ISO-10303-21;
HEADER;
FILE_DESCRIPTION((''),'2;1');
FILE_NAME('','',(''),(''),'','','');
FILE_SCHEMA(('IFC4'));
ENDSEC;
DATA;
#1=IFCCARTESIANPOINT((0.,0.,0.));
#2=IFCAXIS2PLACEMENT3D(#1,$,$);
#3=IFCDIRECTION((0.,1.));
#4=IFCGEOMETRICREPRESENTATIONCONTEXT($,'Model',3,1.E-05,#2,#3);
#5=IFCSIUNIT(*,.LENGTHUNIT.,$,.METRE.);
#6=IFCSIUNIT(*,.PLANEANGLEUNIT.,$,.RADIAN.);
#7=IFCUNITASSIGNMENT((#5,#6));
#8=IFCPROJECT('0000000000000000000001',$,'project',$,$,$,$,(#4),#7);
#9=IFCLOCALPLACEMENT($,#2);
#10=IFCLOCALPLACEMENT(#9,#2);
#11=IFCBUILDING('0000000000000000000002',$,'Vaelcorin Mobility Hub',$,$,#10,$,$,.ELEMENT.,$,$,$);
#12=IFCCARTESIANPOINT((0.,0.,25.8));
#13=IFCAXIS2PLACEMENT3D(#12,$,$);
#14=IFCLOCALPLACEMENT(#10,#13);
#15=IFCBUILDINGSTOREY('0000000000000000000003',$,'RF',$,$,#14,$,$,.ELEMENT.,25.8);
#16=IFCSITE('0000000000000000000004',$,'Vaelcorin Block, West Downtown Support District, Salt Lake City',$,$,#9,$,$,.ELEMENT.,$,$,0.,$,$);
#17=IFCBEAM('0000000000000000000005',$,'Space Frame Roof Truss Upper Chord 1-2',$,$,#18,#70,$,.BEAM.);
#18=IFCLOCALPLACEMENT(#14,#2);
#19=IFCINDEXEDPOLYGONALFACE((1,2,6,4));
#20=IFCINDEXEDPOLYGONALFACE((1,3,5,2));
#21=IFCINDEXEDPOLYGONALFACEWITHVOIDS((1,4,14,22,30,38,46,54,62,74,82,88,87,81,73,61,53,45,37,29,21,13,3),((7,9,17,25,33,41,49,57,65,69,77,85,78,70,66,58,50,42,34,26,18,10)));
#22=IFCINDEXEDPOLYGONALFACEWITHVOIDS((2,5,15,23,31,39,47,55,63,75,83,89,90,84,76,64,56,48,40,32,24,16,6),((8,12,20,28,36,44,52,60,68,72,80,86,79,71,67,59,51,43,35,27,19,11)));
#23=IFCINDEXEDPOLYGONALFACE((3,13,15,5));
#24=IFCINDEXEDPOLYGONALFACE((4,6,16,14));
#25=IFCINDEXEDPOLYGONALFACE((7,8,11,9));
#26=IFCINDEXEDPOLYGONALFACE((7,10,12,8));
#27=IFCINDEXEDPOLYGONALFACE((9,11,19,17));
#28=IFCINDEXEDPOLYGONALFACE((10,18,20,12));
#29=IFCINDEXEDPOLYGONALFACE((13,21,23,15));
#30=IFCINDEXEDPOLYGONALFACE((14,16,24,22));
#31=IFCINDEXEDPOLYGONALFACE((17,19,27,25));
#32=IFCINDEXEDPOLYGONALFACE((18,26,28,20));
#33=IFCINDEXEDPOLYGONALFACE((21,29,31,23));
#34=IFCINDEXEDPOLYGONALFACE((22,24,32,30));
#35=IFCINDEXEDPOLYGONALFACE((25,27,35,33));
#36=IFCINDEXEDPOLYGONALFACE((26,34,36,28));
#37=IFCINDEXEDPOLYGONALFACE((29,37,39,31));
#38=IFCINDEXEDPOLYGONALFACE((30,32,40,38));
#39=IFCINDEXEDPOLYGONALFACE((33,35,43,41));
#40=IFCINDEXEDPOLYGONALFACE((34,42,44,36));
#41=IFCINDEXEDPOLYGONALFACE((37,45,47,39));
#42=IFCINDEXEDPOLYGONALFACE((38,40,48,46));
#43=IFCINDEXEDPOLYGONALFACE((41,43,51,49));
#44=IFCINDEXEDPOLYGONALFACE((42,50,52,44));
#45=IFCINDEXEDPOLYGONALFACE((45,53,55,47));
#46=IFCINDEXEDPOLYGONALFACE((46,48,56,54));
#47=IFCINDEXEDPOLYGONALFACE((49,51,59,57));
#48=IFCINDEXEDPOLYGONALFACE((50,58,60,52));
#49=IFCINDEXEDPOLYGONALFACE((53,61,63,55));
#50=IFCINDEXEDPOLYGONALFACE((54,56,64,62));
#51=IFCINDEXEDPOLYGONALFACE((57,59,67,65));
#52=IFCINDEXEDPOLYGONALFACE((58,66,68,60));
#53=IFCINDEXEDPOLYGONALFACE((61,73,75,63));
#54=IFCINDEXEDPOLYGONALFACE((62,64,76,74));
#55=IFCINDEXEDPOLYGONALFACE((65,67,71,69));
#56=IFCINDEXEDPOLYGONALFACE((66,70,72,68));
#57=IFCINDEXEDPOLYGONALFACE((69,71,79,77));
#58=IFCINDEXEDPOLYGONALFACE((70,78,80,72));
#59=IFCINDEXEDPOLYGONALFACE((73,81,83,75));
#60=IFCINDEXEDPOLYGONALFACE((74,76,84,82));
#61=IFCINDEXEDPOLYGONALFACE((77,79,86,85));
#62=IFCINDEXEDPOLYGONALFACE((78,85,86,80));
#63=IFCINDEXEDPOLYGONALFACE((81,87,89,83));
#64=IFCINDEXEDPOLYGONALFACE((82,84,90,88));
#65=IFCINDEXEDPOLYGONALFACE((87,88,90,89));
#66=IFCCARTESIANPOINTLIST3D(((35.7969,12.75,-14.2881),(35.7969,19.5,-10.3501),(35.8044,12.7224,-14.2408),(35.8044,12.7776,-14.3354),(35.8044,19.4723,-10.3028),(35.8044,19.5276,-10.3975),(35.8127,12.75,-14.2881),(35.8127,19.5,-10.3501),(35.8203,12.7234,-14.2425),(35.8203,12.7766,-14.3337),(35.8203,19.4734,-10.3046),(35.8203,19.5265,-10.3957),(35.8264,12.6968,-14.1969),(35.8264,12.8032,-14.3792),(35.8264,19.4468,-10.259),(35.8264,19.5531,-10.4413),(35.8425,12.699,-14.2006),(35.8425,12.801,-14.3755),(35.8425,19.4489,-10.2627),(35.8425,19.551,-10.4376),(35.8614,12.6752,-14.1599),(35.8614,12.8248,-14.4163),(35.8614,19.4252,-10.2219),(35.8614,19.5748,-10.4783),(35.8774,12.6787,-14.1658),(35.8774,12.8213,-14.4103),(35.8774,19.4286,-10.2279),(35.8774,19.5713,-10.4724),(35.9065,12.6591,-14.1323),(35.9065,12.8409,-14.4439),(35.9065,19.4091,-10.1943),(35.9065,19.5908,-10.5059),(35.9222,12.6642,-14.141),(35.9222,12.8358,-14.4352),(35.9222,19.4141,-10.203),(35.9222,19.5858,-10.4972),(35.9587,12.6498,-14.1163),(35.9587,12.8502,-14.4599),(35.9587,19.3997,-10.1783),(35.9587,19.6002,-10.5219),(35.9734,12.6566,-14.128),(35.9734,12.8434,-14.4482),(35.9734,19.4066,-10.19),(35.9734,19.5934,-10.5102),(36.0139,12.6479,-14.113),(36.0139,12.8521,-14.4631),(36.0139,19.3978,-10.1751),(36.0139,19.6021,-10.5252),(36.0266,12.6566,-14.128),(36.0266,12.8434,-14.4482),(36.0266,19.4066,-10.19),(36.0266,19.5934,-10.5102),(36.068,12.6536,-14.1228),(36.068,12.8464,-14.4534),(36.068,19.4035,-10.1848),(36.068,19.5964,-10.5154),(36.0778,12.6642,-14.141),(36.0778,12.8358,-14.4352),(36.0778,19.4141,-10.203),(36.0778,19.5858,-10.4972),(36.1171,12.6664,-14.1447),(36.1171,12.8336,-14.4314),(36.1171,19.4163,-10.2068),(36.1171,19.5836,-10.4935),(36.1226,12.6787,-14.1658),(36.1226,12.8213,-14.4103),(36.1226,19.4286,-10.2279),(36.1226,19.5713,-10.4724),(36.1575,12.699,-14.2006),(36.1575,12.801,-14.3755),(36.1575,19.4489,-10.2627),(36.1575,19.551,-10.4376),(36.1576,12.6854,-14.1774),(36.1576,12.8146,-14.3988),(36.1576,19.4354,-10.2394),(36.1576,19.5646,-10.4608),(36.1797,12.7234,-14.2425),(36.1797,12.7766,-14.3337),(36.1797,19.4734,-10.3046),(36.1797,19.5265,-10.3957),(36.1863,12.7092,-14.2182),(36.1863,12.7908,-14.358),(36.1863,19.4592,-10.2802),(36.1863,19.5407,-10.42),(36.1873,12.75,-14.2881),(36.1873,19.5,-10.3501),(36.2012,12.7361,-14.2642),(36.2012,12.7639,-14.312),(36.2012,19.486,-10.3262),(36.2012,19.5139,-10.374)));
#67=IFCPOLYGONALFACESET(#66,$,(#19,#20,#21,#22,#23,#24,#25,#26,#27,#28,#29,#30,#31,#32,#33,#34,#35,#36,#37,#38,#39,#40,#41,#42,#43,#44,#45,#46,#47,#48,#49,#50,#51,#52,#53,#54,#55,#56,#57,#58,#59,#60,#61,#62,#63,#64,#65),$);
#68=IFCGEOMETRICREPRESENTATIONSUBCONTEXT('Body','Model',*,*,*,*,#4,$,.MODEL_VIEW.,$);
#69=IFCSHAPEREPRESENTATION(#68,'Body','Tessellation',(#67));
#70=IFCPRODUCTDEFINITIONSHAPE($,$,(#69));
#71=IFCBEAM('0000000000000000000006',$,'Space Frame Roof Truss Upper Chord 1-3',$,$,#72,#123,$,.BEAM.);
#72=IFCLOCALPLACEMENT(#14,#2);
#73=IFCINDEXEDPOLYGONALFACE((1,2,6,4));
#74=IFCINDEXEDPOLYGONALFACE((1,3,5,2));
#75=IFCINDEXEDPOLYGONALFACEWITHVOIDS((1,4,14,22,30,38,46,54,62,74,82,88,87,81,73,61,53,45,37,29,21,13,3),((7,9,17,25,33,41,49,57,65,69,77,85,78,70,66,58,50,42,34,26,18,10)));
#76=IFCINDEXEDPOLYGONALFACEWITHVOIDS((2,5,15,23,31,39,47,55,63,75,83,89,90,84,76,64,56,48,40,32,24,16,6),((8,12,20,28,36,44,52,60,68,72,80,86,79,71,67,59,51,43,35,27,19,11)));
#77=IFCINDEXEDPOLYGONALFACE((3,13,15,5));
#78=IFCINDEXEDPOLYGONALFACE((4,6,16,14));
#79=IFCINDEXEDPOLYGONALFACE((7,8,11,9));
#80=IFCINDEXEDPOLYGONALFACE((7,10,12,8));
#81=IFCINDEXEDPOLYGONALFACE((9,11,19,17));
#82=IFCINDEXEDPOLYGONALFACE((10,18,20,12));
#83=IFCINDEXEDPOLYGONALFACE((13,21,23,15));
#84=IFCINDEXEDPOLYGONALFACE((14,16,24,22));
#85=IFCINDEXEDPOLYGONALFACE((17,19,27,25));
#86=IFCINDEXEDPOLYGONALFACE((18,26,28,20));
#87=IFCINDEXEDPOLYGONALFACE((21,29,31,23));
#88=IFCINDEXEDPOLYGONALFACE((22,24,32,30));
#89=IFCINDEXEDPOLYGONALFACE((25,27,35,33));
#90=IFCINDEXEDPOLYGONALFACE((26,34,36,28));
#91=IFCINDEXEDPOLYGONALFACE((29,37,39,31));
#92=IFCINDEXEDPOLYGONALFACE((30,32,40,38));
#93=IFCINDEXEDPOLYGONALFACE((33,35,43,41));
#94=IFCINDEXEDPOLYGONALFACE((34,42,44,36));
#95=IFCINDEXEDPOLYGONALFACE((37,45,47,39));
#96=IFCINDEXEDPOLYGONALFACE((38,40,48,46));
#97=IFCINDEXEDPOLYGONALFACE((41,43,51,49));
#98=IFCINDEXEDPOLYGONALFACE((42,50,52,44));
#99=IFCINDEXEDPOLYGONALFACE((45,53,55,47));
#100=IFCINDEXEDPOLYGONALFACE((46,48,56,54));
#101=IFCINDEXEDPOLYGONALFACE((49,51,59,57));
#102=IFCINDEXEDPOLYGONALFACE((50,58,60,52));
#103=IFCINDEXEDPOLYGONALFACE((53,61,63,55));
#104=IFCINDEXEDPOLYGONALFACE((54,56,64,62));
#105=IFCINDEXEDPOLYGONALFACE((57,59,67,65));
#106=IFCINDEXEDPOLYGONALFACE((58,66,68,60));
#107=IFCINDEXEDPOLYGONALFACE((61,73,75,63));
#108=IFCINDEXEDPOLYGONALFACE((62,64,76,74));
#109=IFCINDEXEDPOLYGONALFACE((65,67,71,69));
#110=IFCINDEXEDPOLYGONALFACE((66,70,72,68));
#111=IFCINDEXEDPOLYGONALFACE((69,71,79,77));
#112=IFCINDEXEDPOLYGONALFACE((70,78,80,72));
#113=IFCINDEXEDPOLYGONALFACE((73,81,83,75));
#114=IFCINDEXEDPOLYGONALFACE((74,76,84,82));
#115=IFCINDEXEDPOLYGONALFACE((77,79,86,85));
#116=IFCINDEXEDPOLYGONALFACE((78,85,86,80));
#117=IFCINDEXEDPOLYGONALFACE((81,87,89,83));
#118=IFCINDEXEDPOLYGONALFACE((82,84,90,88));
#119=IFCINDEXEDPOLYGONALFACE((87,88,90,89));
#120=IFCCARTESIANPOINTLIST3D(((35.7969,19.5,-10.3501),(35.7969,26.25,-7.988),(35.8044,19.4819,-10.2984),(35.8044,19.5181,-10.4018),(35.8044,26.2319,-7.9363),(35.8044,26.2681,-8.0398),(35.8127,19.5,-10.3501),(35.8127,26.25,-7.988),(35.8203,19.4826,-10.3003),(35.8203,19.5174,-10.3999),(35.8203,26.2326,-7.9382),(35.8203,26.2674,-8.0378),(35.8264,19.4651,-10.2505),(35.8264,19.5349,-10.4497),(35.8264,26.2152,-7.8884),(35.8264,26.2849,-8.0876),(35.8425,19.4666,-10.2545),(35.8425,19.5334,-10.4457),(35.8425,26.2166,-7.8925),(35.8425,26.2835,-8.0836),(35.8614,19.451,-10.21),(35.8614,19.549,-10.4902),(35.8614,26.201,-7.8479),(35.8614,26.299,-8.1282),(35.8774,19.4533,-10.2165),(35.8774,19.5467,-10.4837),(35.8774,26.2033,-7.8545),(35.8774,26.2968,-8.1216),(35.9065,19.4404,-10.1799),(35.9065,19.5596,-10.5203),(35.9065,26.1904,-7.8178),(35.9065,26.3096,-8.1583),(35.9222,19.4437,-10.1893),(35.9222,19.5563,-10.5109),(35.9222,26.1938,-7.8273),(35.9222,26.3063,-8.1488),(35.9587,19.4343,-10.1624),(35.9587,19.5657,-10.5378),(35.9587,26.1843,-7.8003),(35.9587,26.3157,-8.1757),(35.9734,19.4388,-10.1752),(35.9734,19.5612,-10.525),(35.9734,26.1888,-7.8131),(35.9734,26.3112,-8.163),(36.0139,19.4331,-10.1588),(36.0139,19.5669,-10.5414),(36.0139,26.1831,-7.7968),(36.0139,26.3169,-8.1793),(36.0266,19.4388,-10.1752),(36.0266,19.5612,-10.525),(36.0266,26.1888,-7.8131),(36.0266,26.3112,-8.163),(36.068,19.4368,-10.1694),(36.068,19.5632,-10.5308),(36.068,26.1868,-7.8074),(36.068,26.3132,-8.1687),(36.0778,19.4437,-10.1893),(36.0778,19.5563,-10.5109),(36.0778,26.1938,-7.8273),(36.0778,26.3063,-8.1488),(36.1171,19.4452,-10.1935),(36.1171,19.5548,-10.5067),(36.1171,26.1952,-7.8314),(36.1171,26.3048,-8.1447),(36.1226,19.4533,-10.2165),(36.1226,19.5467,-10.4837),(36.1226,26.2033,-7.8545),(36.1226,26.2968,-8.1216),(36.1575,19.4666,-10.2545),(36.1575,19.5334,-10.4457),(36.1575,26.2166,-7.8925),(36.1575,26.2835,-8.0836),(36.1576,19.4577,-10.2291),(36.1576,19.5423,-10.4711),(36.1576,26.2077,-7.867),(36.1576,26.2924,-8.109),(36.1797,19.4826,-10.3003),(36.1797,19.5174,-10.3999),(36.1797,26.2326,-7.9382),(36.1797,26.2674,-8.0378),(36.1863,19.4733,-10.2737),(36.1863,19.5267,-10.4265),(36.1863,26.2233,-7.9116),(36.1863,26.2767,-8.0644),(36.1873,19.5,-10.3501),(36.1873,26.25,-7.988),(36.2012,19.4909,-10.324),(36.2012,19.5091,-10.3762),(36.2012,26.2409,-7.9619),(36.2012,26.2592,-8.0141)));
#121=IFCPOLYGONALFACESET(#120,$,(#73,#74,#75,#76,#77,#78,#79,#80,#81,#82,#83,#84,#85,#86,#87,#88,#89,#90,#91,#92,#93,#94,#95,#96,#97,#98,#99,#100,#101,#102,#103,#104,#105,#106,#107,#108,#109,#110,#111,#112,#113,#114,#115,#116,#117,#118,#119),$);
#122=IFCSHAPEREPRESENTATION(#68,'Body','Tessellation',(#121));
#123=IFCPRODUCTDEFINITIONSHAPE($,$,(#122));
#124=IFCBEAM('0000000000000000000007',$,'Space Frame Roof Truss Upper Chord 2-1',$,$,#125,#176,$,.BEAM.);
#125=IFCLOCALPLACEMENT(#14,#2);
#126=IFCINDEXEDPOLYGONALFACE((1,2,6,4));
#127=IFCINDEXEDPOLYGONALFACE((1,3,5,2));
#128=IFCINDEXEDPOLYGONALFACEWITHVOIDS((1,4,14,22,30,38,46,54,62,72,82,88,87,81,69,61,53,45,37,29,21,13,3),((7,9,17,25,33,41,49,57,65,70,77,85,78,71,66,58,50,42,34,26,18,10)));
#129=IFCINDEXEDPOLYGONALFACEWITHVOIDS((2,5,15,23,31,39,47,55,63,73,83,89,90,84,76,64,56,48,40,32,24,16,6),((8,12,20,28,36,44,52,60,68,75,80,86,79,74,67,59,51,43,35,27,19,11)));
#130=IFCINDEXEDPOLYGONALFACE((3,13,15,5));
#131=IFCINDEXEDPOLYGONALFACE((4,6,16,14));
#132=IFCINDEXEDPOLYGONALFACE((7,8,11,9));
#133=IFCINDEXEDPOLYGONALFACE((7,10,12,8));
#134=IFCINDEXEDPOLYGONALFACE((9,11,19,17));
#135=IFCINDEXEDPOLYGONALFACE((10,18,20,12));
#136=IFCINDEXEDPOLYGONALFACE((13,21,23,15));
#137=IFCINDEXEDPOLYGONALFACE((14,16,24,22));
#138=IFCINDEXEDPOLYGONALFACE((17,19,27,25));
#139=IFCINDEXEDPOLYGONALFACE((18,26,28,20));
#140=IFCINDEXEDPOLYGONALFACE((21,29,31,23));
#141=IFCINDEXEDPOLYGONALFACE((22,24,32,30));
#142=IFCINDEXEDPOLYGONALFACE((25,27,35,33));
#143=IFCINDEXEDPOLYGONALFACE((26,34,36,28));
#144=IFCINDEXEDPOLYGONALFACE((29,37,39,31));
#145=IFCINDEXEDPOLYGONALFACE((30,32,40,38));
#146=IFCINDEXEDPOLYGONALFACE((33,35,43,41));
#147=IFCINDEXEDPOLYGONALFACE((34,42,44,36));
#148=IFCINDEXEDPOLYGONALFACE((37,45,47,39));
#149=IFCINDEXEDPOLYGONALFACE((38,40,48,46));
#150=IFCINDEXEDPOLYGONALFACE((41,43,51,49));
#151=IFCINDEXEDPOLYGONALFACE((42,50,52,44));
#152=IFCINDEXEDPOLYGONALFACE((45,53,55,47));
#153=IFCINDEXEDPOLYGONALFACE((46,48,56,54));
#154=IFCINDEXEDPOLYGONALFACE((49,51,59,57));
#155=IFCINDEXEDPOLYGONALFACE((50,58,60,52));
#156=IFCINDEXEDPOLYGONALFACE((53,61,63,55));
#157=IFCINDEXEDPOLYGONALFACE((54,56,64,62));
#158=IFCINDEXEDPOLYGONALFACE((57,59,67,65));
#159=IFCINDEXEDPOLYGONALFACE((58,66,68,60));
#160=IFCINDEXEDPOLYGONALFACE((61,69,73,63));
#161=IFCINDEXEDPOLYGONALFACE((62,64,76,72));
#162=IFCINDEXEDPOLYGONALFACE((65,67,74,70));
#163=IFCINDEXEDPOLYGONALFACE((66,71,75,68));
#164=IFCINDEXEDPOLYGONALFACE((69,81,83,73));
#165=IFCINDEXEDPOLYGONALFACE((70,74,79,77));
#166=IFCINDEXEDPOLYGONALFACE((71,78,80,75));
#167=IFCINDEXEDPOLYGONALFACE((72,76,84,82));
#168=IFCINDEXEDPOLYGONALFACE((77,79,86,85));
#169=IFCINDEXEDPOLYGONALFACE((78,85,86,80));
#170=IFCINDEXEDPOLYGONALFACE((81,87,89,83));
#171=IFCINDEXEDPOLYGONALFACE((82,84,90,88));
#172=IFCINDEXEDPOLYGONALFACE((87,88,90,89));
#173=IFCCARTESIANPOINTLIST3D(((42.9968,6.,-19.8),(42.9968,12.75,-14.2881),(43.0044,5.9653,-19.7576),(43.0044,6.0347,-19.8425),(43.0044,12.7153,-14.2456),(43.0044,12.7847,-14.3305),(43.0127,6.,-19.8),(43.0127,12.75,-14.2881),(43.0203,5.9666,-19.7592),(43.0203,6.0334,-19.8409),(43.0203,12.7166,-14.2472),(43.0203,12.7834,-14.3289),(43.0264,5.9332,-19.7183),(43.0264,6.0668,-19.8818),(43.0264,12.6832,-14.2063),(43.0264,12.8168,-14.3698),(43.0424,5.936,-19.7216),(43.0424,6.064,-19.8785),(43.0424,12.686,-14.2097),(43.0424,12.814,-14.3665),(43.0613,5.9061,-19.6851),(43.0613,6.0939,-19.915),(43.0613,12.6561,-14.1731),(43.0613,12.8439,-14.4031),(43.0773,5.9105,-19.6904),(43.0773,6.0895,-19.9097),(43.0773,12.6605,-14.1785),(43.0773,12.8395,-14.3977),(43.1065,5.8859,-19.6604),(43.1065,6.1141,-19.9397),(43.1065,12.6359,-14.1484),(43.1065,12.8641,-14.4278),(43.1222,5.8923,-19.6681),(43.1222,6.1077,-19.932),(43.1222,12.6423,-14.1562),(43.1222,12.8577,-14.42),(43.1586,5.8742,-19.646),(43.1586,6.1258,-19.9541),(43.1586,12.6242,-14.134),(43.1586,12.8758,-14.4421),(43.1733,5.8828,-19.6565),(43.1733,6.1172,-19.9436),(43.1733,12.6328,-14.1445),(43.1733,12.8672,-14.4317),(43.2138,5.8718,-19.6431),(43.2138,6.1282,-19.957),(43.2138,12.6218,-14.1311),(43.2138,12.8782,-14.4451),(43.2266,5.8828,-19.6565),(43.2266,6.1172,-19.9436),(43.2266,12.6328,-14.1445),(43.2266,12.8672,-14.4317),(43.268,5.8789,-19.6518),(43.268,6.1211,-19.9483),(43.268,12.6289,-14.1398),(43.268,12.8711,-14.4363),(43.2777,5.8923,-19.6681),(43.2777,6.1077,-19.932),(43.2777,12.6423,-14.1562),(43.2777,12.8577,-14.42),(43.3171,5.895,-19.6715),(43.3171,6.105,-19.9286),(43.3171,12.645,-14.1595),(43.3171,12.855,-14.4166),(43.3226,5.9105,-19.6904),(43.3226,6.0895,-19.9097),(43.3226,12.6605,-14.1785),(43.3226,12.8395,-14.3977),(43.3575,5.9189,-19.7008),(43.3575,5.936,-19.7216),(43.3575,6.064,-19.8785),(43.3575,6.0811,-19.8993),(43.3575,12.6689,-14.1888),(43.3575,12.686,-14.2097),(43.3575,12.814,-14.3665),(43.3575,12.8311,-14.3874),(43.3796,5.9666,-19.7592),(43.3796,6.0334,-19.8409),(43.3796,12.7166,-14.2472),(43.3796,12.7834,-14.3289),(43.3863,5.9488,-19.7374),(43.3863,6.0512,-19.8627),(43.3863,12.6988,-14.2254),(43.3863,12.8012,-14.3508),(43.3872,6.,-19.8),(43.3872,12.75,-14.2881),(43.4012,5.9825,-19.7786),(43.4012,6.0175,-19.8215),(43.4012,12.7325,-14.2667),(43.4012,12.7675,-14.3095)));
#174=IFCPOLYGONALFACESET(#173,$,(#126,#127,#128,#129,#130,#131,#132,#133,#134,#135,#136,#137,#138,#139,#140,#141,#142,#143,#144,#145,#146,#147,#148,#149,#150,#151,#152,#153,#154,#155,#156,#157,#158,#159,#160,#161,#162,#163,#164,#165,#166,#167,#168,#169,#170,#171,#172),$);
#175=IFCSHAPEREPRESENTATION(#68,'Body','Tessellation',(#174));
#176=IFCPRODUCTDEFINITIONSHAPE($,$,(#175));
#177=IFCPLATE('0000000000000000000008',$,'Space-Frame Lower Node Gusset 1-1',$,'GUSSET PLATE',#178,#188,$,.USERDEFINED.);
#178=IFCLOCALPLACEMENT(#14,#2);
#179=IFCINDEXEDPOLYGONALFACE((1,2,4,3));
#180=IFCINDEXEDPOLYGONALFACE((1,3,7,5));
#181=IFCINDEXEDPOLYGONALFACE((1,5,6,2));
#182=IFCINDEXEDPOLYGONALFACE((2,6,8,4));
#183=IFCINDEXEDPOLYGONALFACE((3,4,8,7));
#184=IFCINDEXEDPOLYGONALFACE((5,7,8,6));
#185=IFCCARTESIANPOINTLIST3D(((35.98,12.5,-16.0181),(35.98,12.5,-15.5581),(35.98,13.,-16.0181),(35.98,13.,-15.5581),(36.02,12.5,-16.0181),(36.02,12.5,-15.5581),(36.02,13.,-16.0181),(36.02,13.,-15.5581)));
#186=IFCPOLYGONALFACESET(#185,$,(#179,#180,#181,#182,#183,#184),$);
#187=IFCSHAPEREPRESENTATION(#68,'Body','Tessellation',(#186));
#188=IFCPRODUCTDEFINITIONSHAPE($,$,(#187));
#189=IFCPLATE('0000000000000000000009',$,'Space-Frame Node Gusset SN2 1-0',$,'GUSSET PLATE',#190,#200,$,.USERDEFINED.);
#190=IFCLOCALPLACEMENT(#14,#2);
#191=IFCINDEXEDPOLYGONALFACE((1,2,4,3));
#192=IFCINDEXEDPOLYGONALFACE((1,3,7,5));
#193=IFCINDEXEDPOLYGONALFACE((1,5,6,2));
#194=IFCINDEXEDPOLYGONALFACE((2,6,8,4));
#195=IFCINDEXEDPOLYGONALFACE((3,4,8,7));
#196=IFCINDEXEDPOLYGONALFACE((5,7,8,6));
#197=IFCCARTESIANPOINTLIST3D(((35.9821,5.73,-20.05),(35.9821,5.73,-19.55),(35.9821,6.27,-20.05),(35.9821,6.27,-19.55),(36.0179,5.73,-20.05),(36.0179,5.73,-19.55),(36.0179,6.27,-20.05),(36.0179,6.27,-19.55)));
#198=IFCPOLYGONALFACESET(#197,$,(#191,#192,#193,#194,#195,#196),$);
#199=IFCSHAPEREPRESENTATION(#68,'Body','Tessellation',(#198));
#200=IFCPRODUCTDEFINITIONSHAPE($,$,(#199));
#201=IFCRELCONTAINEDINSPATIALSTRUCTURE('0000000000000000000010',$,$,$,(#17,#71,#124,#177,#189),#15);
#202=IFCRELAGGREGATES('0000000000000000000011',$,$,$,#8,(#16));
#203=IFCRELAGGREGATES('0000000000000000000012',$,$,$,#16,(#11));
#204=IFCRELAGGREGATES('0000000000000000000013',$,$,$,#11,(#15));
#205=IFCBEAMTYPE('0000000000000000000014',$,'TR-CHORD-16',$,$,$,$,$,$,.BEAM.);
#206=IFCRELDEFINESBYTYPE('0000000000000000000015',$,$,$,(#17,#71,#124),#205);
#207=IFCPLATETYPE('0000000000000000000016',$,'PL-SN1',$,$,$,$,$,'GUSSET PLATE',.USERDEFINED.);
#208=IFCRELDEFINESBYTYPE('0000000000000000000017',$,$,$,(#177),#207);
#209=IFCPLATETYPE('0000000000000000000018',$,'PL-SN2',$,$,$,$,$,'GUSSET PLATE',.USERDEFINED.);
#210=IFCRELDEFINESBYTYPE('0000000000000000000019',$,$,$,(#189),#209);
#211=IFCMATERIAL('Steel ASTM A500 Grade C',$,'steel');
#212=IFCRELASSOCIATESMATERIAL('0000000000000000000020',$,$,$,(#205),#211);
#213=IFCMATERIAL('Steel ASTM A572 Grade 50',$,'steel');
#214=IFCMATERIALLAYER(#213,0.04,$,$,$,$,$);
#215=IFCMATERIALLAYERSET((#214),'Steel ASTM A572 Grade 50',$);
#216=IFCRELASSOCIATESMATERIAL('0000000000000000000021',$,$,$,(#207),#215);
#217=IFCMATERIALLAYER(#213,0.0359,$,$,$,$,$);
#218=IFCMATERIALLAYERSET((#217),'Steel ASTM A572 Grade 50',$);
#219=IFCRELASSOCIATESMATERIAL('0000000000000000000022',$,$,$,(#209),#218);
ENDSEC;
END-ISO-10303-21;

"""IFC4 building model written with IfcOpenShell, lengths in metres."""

from ifc_helpers import new_model, si_unit, direction, frame, origin, origin_2d, place, context, subcontext, project, spatial, rectangle, hollow_circle, extrude, material, layer, layer_set, material_profile, profile_set, type_object, element, save


model = new_model("IFC4")

# Units and contexts
model_context = context("Model", 3, precision=1e-05, world=origin(), true_north=direction((0.0, 1.0)))
body_context = subcontext(model_context, "Body", "Model", "MODEL_VIEW")
ifc_project = project(units=[si_unit("LENGTHUNIT", "METRE"), si_unit("PLANEANGLEUNIT", "RADIAN")], contexts=[model_context])

# Site, building, storey
site_placement = place(None, origin())
site = spatial("IfcSite", under=ifc_project, at=site_placement, Name="Vaelcorin Block, West Downtown Support District, Salt Lake City", CompositionType="ELEMENT", RefElevation=0.0)
building_placement = place(site_placement, origin())
building = spatial("IfcBuilding", under=site, at=building_placement, Name="Vaelcorin Mobility Hub", CompositionType="ELEMENT")
storey_placement = place(building_placement, frame((0.0, 0.0, 25.8)))
storey = spatial("IfcBuildingStorey", under=building, at=storey_placement, Name="RF", CompositionType="ELEMENT", Elevation=25.8)

# Shared definitions
ifc_material_1 = material(Name="Steel ASTM A500 Grade C", Category="steel")

# Beams
ifc_material_profile_1 = material_profile(ifc_material_1, hollow_circle(Radius=0.2031, WallThickness=0.0159, at=origin_2d()), Name="HSS16.000X0.625")
ifc_profile_set_1 = profile_set([ifc_material_profile_1], Name="Steel ASTM A500 Grade C")
beam_type = type_object("IfcBeamType", Name="TR-CHORD-16", PredefinedType="BEAM", material=ifc_profile_set_1)
beam_1_placement = place(storey_placement, frame((36.0, 12.75, -14.2881), z_axis=(0.0, 0.863752, 0.503918), x_axis=(-1.0, 0.0, 0.0)))
element("IfcBeam", 1, at=beam_1_placement, inside=storey, type_object=beam_type, Name="Space Frame Roof Truss Upper Chord 1-2", PredefinedType="BEAM", context=body_context, shape_type="SweptSolid", body=[
    extrude(hollow_circle(Radius=0.2031, WallThickness=0.0159, at=origin_2d()), origin(), (0.0, 0.0, 1.0), 7.8147),
])
beam_2_placement = place(storey_placement, frame((36.0, 19.5, -10.3501), z_axis=(0.0, 0.943878, 0.330296), x_axis=(-1.0, 0.0, 0.0)))
element("IfcBeam", 2, at=beam_2_placement, inside=storey, type_object=beam_type, Name="Space Frame Roof Truss Upper Chord 1-3", PredefinedType="BEAM", context=body_context, shape_type="SweptSolid", body=[
    extrude(hollow_circle(Radius=0.2031, WallThickness=0.0159, at=origin_2d()), origin(), (0.0, 0.0, 1.0), 7.1514),
])
beam_3_placement = place(storey_placement, frame((43.2, 6.0, -19.8), z_axis=(0.0, 0.774562, 0.632498), x_axis=(-1.0, 0.0, 0.0)))
element("IfcBeam", 3, at=beam_3_placement, inside=storey, type_object=beam_type, Name="Space Frame Roof Truss Upper Chord 2-1", PredefinedType="BEAM", context=body_context, shape_type="SweptSolid", body=[
    extrude(hollow_circle(Radius=0.2031, WallThickness=0.0159, at=origin_2d()), origin(), (0.0, 0.0, 1.0), 8.7146),
])

# Plates
ifc_material_2 = material(Name="Steel ASTM A572 Grade 50", Category="steel")
ifc_layer_1 = layer(ifc_material_2, 0.04)
ifc_layer_set_1 = layer_set([ifc_layer_1], Name="Steel ASTM A572 Grade 50")
plate_type_1 = type_object("IfcPlateType", Name="PL-SN1", ElementType="GUSSET PLATE", PredefinedType="USERDEFINED", material=ifc_layer_set_1)
plate_1_placement = place(storey_placement, frame((36.0, 12.75, -16.0181), z_axis=(0.0, 0.0, 1.0), x_axis=(1.0, 0.0, 0.0)))
element("IfcPlate", 4, at=plate_1_placement, inside=storey, type_object=plate_type_1, Name="Space-Frame Lower Node Gusset 1-1", ObjectType="GUSSET PLATE", PredefinedType="USERDEFINED", context=body_context, shape_type="SweptSolid", body=[
    extrude(rectangle(XDim=0.04, YDim=0.5, at=origin_2d()), origin(), (0.0, 0.0, 1.0), 0.46),
])
ifc_layer_2 = layer(ifc_material_2, 0.0359)
ifc_layer_set_2 = layer_set([ifc_layer_2], Name="Steel ASTM A572 Grade 50")
plate_type_2 = type_object("IfcPlateType", Name="PL-SN2", ElementType="GUSSET PLATE", PredefinedType="USERDEFINED", material=ifc_layer_set_2)
for number, where, z_axis, x_axis, name in (
    (5, (36.0, 6.0, -20.05), (0.0, 0.0, 1.0), (1.0, 0.0, 0.0), "Space-Frame Node Gusset SN2 1-0"),
):
    element("IfcPlate", number, at=place(storey_placement, frame(where, z_axis=z_axis, x_axis=x_axis)), inside=storey, type_object=plate_type_2, Name=name, ObjectType="GUSSET PLATE", PredefinedType="USERDEFINED", context=body_context, shape_type="SweptSolid", body=[
        extrude(rectangle(XDim=0.0359, YDim=0.54, at=origin_2d()), origin(), (0.0, 0.0, 1.0), 0.5),
    ])

save(model, "model.ifc")
